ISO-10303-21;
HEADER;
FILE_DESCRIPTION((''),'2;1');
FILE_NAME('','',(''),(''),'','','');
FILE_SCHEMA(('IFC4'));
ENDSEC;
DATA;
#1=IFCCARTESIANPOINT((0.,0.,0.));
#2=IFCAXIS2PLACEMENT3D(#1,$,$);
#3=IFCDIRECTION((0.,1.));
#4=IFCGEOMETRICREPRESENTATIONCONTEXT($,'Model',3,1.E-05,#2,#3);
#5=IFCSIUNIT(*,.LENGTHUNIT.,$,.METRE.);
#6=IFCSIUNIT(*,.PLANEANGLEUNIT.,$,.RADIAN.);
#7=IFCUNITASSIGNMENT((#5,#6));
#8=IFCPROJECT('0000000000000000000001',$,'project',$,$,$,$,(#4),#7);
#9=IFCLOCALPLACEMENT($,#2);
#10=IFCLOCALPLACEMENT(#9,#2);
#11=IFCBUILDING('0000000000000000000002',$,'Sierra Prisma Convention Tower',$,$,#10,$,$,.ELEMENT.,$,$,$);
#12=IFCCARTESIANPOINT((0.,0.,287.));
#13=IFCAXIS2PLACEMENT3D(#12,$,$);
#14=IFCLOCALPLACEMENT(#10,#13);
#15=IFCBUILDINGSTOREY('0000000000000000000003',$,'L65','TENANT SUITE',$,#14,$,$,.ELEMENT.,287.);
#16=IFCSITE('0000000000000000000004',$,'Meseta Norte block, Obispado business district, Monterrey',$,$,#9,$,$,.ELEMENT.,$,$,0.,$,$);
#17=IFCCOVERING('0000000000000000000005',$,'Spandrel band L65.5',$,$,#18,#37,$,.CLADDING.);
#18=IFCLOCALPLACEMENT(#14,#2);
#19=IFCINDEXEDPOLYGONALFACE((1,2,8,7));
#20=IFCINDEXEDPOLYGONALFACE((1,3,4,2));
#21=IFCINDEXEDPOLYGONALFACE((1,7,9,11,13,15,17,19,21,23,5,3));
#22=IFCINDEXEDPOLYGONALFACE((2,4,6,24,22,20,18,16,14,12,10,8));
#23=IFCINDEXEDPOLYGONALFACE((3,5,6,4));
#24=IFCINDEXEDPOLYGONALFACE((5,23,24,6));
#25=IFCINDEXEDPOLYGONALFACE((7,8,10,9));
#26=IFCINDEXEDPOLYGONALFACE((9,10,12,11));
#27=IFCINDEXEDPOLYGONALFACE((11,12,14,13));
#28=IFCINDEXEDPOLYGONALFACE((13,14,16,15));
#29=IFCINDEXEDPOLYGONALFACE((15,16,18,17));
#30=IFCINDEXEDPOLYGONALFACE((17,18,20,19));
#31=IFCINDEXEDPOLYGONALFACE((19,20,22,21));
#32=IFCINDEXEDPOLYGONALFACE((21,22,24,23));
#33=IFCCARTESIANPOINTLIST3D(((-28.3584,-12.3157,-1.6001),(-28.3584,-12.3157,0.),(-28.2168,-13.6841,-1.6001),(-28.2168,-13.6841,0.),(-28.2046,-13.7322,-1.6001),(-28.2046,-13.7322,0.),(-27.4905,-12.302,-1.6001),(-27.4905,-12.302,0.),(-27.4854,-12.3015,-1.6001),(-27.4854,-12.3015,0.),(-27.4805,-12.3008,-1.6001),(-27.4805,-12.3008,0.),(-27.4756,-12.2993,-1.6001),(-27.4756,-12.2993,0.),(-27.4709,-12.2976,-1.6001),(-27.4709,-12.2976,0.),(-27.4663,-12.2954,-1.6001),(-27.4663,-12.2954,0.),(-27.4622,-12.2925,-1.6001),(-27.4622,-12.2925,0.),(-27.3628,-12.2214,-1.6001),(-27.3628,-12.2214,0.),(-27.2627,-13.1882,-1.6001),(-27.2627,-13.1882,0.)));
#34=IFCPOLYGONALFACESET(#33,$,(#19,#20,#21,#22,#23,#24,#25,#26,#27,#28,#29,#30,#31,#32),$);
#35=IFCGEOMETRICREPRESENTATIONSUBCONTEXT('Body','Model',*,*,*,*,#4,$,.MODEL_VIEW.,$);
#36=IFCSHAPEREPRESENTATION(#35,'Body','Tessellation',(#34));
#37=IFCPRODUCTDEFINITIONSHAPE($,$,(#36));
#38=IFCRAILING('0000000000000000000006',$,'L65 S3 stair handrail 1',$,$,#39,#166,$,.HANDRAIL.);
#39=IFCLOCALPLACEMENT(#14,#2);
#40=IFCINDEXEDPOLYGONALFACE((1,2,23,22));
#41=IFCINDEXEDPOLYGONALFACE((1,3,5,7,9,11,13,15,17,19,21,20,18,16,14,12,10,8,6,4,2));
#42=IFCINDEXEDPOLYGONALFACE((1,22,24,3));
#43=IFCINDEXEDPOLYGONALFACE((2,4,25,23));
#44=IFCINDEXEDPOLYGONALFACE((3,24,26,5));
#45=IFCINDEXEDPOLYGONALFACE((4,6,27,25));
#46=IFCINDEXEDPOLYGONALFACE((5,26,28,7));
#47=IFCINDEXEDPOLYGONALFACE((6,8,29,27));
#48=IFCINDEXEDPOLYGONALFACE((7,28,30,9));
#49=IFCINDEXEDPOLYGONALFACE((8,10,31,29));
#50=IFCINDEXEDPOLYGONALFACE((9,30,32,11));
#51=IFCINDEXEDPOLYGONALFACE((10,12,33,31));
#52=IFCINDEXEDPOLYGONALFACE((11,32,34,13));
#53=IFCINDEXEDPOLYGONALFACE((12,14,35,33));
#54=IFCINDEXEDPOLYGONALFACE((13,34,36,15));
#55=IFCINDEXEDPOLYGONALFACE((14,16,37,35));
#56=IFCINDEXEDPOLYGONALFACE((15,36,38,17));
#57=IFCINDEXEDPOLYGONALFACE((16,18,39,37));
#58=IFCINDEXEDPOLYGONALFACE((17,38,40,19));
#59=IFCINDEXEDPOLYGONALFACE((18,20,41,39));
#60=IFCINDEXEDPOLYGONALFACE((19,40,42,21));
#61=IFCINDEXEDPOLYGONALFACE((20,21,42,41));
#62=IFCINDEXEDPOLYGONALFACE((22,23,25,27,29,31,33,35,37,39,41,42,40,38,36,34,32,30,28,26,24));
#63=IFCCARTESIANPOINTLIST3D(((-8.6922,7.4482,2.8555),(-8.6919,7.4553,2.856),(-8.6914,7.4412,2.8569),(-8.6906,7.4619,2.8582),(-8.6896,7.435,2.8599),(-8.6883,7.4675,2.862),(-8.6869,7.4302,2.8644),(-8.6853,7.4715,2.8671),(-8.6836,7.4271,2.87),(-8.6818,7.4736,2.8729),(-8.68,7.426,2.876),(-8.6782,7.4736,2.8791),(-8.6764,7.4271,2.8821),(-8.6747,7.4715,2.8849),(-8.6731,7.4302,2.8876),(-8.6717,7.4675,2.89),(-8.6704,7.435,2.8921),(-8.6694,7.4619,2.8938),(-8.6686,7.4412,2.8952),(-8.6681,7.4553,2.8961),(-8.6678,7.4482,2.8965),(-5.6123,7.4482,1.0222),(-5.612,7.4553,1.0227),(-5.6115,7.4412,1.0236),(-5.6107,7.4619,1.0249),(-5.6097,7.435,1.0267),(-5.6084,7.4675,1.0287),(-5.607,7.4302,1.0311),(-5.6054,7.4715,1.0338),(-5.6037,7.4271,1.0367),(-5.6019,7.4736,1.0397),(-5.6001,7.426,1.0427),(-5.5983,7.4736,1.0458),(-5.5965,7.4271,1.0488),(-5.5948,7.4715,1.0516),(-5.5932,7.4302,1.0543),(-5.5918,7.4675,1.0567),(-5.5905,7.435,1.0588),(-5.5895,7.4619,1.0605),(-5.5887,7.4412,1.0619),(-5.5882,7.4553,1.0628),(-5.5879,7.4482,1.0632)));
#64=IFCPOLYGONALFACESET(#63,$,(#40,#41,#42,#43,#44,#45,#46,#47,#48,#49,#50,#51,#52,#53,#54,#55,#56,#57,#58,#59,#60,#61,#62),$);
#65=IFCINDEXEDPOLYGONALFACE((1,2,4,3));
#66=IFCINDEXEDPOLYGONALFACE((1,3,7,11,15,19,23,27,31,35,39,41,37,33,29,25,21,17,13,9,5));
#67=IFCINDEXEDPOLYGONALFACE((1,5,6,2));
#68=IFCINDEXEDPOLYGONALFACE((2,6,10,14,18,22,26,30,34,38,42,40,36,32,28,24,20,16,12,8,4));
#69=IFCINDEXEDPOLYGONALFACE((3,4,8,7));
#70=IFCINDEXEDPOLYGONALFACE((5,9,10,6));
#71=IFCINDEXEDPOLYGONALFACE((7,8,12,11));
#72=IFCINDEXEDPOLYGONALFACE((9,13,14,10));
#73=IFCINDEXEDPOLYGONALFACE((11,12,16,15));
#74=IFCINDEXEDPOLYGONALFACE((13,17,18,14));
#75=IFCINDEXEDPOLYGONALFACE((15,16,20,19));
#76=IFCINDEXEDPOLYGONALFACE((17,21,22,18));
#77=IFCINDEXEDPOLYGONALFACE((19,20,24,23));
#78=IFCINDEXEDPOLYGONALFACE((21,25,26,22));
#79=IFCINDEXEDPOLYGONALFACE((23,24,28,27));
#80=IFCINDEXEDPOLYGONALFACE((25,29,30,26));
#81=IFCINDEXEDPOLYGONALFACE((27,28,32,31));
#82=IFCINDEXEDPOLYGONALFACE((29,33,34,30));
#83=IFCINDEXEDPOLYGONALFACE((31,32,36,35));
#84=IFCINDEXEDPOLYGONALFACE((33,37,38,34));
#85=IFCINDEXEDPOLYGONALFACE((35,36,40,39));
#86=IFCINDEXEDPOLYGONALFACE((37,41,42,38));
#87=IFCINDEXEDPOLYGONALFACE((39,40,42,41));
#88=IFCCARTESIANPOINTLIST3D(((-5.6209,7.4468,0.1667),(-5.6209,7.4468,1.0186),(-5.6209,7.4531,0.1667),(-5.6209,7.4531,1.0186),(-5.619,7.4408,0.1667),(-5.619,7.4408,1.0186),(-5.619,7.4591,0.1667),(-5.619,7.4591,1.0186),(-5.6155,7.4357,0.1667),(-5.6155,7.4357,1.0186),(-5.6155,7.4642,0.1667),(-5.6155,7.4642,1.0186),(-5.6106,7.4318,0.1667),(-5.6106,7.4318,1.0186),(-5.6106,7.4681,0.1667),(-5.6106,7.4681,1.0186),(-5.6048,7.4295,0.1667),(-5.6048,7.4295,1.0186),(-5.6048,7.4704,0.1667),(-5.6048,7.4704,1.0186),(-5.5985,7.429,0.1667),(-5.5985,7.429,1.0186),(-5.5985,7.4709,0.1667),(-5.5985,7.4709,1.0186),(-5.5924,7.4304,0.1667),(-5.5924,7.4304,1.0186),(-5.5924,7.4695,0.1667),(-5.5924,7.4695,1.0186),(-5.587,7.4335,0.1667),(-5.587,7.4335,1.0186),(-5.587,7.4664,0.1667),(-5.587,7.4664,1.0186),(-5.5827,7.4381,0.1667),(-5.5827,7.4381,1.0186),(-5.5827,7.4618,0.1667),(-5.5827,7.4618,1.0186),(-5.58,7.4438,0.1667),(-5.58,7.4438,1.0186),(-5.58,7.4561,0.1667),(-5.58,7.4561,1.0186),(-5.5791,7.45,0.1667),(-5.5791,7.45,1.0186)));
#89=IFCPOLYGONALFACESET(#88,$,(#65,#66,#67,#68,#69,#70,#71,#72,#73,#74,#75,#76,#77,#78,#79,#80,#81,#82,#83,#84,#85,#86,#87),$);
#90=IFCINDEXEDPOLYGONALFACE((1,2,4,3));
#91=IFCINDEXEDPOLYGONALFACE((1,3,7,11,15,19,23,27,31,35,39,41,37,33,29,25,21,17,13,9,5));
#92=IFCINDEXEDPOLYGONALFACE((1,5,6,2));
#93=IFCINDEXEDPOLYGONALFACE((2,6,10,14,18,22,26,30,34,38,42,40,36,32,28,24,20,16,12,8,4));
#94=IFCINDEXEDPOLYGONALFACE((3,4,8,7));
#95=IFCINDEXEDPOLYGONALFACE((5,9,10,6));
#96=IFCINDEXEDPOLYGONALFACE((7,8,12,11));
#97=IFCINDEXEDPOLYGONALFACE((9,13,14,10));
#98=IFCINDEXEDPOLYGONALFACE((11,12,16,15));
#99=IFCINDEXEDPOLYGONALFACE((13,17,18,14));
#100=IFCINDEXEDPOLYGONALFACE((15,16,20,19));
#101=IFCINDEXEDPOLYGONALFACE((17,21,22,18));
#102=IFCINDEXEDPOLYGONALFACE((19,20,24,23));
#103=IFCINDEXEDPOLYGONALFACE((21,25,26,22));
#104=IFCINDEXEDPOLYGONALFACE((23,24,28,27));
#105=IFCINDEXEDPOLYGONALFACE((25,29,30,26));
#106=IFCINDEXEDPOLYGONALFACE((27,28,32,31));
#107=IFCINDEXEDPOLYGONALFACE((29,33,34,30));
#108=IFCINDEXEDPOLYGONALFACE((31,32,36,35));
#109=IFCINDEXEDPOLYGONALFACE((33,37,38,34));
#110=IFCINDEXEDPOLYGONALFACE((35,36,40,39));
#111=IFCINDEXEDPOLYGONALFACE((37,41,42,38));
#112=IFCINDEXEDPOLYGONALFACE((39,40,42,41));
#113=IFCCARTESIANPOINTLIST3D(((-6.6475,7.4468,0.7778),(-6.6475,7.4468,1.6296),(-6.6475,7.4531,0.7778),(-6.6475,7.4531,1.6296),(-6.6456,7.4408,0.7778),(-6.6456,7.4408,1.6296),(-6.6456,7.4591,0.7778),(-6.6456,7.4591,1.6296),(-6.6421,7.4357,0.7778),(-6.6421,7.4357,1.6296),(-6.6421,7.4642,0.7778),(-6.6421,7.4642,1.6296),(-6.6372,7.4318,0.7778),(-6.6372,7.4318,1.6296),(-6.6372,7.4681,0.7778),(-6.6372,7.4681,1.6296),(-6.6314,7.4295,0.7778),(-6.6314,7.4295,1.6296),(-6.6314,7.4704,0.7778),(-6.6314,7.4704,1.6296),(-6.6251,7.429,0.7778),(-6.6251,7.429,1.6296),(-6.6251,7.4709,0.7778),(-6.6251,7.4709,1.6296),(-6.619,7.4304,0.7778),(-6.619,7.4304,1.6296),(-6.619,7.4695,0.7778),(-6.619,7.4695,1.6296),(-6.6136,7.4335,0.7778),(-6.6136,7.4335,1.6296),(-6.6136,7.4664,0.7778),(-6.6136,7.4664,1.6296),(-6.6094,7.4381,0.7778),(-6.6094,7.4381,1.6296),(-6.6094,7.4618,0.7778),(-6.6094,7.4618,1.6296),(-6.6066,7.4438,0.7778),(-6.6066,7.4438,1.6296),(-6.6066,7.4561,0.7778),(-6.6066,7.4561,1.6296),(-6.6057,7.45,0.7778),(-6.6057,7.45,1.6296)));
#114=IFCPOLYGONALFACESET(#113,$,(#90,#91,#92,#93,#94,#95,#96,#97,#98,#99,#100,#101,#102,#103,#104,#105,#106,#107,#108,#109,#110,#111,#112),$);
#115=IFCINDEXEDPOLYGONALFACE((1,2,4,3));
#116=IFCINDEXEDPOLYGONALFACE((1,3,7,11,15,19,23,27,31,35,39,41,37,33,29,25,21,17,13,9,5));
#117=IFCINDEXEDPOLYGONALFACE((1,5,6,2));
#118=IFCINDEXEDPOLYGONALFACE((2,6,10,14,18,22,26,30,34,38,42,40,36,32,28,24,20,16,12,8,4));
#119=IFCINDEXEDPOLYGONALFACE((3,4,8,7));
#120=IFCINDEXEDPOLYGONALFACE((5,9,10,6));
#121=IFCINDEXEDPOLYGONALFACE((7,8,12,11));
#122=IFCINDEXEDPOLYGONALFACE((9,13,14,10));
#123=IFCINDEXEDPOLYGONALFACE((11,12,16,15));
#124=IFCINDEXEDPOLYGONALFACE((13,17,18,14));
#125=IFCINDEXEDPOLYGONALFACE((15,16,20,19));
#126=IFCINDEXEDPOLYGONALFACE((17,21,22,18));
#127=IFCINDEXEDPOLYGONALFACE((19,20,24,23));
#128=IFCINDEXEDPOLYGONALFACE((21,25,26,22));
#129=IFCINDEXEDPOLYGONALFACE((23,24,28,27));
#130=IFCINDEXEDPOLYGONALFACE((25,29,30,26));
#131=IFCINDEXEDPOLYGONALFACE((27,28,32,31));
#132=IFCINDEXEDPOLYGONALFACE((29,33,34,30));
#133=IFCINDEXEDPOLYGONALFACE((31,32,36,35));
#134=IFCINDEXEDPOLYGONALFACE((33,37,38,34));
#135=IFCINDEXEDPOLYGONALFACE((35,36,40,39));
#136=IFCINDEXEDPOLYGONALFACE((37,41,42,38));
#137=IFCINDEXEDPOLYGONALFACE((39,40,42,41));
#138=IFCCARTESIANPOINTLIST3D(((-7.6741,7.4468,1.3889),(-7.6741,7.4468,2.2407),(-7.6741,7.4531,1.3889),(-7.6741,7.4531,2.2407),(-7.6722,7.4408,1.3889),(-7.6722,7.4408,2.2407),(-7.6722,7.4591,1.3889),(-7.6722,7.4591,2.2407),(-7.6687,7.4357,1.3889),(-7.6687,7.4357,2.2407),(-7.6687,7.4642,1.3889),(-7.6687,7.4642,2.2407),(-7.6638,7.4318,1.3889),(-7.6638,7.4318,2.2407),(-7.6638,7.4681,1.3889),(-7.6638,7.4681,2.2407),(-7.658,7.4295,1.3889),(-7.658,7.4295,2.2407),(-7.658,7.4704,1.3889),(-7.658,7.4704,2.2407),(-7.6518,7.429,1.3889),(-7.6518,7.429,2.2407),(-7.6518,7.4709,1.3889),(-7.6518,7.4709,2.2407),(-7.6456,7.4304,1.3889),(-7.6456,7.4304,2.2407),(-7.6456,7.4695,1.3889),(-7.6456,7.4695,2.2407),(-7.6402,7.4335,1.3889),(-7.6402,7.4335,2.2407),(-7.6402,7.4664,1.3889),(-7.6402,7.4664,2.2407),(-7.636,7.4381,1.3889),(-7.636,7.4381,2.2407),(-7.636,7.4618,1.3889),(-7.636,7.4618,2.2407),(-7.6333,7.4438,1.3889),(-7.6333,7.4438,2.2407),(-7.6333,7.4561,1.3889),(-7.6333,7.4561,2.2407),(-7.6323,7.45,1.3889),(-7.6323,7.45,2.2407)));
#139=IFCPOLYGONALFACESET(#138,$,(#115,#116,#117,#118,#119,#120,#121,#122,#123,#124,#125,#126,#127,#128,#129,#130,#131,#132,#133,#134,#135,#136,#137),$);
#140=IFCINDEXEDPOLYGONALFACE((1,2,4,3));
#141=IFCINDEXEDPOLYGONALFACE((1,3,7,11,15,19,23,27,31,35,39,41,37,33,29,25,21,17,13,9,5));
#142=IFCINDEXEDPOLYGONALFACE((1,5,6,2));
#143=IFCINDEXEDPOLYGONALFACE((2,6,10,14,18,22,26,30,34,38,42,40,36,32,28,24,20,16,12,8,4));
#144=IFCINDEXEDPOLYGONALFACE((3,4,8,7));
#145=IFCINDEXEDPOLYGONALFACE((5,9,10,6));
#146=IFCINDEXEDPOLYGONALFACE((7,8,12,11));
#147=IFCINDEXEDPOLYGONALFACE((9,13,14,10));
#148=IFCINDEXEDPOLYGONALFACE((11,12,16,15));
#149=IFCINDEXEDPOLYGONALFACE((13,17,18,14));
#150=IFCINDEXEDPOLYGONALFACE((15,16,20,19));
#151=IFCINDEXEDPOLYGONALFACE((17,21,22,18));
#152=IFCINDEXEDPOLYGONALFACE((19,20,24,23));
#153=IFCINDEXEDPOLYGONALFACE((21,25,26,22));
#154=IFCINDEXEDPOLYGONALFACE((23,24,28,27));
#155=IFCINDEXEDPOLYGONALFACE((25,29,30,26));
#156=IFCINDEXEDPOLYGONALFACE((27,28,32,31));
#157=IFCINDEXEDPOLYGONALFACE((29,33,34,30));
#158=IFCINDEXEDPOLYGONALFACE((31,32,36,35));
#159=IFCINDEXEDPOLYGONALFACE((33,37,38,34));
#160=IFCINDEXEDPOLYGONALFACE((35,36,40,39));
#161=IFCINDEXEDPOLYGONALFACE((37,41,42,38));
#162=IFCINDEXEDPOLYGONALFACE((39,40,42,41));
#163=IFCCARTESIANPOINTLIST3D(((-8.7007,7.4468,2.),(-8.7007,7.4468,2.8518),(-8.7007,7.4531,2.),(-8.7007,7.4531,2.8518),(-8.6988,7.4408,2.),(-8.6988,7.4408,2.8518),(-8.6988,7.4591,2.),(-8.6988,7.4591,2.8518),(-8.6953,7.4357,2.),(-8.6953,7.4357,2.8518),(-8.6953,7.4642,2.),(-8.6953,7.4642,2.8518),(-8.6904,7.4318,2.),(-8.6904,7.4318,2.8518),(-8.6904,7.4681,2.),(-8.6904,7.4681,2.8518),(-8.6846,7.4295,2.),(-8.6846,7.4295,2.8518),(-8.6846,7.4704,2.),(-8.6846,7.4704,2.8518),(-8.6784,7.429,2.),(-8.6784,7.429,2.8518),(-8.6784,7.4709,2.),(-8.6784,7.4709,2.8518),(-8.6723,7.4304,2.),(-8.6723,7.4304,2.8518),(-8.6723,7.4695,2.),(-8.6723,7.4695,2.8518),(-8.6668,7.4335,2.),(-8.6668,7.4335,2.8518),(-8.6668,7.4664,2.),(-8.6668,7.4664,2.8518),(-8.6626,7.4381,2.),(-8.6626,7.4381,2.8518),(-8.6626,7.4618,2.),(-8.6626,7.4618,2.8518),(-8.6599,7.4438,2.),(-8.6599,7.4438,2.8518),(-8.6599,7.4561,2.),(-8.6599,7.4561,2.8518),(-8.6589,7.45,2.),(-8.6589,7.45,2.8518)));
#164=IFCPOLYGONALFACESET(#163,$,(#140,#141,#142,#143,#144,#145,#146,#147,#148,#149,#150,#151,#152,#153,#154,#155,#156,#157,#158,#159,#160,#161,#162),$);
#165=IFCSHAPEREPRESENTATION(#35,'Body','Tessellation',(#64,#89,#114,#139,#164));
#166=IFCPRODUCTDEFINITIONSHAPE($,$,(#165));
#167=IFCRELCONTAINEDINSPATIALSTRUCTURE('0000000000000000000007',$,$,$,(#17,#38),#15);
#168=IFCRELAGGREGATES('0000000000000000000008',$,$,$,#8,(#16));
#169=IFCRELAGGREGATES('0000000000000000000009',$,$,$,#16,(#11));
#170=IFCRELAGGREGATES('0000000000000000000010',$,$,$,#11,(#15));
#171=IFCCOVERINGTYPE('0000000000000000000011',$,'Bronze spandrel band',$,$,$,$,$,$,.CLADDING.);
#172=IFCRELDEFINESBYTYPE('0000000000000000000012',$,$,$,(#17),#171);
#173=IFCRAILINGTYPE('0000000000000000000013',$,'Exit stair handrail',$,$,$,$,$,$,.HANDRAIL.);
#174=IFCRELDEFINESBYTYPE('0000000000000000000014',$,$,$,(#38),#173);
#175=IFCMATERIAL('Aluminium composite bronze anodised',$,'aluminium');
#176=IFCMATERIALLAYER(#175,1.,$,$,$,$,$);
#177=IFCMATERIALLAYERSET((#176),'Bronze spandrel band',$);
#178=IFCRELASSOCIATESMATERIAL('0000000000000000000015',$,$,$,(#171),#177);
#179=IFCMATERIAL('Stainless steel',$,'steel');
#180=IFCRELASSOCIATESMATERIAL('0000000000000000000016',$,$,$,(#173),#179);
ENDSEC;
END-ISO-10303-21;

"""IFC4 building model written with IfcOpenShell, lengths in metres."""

from ifc_helpers import new_model, si_unit, direction, frame, origin, origin_2d, place, context, subcontext, project, spatial, polyline, circle, outline, extrude, material, layer, layer_set, type_object, element, save


model = new_model("IFC4")

# Units and contexts
model_context = context("Model", 3, precision=1e-05, world=origin(), true_north=direction((0.0, 1.0)))
body_context = subcontext(model_context, "Body", "Model", "MODEL_VIEW")
ifc_project = project(units=[si_unit("LENGTHUNIT", "METRE"), si_unit("PLANEANGLEUNIT", "RADIAN")], contexts=[model_context])

# Site, building, storey
site_placement = place(None, origin())
site = spatial("IfcSite", under=ifc_project, at=site_placement, Name="Meseta Norte block, Obispado business district, Monterrey", CompositionType="ELEMENT", RefElevation=0.0)
building_placement = place(site_placement, origin())
building = spatial("IfcBuilding", under=site, at=building_placement, Name="Sierra Prisma Convention Tower", CompositionType="ELEMENT")
storey_placement = place(building_placement, frame((0.0, 0.0, 287.0)))
storey = spatial("IfcBuildingStorey", under=building, at=storey_placement, Name="L65", Description="TENANT SUITE", CompositionType="ELEMENT", Elevation=287.0)

# Covering
ifc_material_1 = material(Name="Aluminium composite bronze anodised", Category="aluminium")
ifc_layer_1 = layer(ifc_material_1, 1.0)
ifc_layer_set_1 = layer_set([ifc_layer_1], Name="Bronze spandrel band")
covering_type = type_object("IfcCoveringType", Name="Bronze spandrel band", PredefinedType="CLADDING", material=ifc_layer_set_1)
covering_1_placement = place(storey_placement, frame((0.0, 0.0, -1.6001)))
element("IfcCovering", 1, at=covering_1_placement, inside=storey, type_object=covering_type, Name="Spandrel band L65.5", PredefinedType="CLADDING", context=body_context, shape_type="SweptSolid", body=[
    extrude(outline(polyline([(-28.3584, -12.3157), (-27.4905, -12.302), (-27.4854, -12.3015), (-27.4805, -12.3008), (-27.4756, -12.2993), (-27.4709, -12.2976), (-27.4663, -12.2954), (-27.4622, -12.2925), (-27.3628, -12.2214), (-27.2627, -13.1882), (-28.2046, -13.7322), (-28.2168, -13.6841), (-28.3584, -12.3157)])), origin(), (0.0, 0.0, 1.0), 1.6001),
])

# Railing
ifc_material_2 = material(Name="Stainless steel", Category="steel")
railing_type_1 = type_object("IfcRailingType", Name="Exit stair handrail", PredefinedType="HANDRAIL", material=ifc_material_2)
railing_1_placement = place(storey_placement, frame((-5.6001, 7.45, 0.1667)))
element("IfcRailing", 2, at=railing_1_placement, inside=storey, type_object=railing_type_1, Name="L65 S3 stair handrail 1", PredefinedType="HANDRAIL", context=body_context, shape_type="SweptSolid", body=[
    extrude(circle(Radius=0.0239, at=origin_2d()), frame((0.0, 0.0, 0.876), z_axis=(-0.859291, 0.0, 0.511487), x_axis=(0.0, -1.0, 0.0)), (0.0, 0.0, 1.0), 3.5842),
    extrude(circle(Radius=0.021, at=origin_2d()), origin(), (0.0, 0.0, 1.0), 0.8518),
    extrude(circle(Radius=0.021, at=origin_2d()), frame((-1.0266, 0.0, 0.6111)), (0.0, 0.0, 1.0), 0.8518),
    extrude(circle(Radius=0.021, at=origin_2d()), frame((-2.0532, 0.0, 1.2222)), (0.0, 0.0, 1.0), 0.8518),
    extrude(circle(Radius=0.021, at=origin_2d()), frame((-3.0798, 0.0, 1.8333)), (0.0, 0.0, 1.0), 0.8518),
])

save(model, "model.ifc")
